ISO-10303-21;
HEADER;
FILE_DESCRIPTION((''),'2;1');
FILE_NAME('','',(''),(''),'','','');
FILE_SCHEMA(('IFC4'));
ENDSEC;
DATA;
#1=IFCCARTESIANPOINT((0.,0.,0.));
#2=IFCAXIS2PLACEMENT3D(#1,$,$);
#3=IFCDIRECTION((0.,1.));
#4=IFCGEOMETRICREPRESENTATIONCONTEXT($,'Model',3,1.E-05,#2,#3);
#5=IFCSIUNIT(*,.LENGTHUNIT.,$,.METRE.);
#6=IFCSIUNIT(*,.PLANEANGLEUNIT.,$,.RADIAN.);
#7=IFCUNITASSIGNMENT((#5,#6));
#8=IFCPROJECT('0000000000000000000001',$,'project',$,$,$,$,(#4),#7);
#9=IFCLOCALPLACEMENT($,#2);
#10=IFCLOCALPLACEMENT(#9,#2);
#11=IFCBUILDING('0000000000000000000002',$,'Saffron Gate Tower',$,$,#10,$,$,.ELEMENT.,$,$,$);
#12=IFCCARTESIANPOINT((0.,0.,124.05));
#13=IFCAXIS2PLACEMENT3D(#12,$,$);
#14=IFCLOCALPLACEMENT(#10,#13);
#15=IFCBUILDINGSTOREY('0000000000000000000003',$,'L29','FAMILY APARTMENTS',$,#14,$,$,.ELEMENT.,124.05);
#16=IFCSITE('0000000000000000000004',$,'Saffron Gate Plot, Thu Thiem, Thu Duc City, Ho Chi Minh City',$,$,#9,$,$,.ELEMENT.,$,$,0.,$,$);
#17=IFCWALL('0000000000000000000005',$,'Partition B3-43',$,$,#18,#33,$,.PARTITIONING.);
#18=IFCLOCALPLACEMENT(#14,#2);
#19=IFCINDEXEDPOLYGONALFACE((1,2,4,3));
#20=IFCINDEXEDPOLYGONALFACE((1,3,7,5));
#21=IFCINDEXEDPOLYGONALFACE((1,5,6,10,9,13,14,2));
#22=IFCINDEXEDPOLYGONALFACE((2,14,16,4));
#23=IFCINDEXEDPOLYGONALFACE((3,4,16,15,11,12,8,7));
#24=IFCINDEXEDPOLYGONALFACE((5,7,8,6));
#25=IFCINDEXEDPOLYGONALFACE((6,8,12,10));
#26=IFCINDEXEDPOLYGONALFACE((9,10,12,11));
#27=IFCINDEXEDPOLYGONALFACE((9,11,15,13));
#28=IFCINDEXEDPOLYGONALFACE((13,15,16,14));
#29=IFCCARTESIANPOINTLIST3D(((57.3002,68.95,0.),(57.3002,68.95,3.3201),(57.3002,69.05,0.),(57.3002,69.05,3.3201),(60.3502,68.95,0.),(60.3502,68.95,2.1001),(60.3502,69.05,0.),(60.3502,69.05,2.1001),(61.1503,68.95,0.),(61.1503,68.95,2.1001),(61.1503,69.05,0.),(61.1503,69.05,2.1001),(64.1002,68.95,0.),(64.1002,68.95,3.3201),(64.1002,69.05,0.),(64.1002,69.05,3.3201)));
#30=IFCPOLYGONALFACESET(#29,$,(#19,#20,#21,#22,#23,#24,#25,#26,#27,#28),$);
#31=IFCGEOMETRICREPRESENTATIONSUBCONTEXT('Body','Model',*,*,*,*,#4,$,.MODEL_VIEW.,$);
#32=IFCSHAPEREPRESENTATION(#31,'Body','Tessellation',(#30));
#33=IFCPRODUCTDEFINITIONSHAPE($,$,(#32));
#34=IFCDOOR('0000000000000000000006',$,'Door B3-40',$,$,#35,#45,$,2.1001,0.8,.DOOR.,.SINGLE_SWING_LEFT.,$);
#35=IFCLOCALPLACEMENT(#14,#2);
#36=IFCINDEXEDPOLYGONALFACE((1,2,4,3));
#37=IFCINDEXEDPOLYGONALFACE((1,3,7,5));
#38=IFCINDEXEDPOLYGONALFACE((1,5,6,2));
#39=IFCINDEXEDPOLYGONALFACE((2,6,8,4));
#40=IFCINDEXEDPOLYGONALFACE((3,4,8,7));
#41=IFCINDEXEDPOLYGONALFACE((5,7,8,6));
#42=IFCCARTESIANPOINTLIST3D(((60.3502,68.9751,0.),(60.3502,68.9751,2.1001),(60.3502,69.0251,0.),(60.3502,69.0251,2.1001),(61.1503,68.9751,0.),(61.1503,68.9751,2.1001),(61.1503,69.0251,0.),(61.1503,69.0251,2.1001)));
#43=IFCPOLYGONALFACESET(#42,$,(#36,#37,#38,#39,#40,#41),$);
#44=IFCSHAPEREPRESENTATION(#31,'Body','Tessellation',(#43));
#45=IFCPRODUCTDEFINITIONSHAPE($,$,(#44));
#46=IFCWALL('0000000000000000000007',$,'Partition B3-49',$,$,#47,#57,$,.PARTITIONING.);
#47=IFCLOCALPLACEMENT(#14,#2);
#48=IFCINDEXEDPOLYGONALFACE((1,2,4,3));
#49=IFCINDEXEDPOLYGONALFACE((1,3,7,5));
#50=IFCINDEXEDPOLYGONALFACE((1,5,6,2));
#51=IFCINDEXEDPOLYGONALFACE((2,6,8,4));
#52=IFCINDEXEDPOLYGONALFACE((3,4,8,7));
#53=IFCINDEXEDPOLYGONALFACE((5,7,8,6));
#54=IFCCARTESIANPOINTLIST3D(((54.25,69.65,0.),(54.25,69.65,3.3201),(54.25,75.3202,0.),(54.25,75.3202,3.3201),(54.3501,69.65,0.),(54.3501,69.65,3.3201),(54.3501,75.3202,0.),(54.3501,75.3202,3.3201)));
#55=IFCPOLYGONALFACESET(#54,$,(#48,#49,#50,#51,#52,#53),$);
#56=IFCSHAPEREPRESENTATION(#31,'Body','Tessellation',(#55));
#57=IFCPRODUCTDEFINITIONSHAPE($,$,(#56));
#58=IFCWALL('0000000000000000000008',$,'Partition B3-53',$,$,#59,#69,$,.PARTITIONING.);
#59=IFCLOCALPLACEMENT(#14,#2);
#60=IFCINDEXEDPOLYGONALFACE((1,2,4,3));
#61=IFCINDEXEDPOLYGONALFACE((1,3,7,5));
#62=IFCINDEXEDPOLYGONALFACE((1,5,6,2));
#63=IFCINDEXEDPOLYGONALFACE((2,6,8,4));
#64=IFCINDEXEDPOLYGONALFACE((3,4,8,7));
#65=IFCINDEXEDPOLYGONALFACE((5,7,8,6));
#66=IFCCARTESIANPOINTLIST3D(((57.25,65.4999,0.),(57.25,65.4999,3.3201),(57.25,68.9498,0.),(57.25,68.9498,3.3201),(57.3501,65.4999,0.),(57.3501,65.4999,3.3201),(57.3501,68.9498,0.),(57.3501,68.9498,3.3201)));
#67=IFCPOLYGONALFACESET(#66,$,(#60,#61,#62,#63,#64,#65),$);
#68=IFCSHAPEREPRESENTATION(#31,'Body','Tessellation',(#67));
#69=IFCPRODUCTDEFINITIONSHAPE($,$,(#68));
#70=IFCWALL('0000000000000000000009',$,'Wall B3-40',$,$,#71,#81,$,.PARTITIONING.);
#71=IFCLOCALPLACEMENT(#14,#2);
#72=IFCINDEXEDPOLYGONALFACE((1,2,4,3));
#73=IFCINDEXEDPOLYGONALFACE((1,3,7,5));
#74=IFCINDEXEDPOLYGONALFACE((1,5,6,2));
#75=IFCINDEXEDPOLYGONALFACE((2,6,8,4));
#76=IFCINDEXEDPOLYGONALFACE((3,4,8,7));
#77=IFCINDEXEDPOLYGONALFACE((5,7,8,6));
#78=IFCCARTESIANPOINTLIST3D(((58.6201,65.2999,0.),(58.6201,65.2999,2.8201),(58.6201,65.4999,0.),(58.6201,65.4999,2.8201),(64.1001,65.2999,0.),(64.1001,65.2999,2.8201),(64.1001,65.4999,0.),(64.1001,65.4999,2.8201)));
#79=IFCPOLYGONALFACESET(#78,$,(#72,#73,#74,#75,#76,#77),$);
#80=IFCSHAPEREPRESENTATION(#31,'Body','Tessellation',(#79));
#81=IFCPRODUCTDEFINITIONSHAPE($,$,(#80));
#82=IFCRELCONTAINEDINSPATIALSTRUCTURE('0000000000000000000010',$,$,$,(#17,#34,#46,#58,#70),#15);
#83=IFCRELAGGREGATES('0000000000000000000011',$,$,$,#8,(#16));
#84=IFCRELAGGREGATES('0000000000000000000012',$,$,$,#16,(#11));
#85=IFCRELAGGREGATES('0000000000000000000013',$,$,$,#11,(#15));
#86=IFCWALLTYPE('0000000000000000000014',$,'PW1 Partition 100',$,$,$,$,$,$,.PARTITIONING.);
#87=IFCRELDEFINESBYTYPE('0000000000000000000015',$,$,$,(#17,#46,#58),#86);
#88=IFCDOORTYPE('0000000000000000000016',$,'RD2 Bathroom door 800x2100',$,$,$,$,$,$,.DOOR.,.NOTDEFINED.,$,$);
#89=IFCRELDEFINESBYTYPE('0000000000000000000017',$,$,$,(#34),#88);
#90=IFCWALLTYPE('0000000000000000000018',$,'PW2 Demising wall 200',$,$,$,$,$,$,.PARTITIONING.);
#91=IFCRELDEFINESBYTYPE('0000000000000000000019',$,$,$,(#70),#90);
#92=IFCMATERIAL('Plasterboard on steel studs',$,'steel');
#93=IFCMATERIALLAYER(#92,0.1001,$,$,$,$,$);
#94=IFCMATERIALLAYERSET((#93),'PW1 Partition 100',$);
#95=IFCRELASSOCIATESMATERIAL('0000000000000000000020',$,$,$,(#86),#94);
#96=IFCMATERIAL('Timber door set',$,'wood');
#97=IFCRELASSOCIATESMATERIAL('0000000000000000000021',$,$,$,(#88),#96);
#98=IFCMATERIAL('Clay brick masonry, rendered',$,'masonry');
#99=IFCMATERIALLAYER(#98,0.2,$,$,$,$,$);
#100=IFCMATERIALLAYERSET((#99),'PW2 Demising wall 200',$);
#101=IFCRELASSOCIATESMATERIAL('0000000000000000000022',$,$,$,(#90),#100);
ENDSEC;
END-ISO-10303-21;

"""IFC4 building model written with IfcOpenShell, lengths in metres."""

from ifc_helpers import new_model, si_unit, direction, frame, frame_2d, origin, place, context, subcontext, project, spatial, rectangle, extrude, material, layer, layer_set, type_object, element, fill, save


model = new_model("IFC4")

# Units and contexts
model_context = context("Model", 3, precision=1e-05, world=origin(), true_north=direction((0.0, 1.0)))
body_context = subcontext(model_context, "Body", "Model", "MODEL_VIEW")
ifc_project = project(units=[si_unit("LENGTHUNIT", "METRE"), si_unit("PLANEANGLEUNIT", "RADIAN")], contexts=[model_context])

# Site, building, storey
site_placement = place(None, origin())
site = spatial("IfcSite", under=ifc_project, at=site_placement, Name="Saffron Gate Plot, Thu Thiem, Thu Duc City, Ho Chi Minh City", CompositionType="ELEMENT", RefElevation=0.0)
building_placement = place(site_placement, origin())
building = spatial("IfcBuilding", under=site, at=building_placement, Name="Saffron Gate Tower", CompositionType="ELEMENT")
storey_placement = place(building_placement, frame((0.0, 0.0, 124.05)))
storey = spatial("IfcBuildingStorey", under=building, at=storey_placement, Name="L29", Description="FAMILY APARTMENTS", CompositionType="ELEMENT", Elevation=124.05)

# Wall, opening, door
ifc_material_1 = material(Name="Plasterboard on steel studs", Category="steel")
ifc_layer_1 = layer(ifc_material_1, 0.1001)
ifc_layer_set_1 = layer_set([ifc_layer_1], Name="PW1 Partition 100")
wall_type_1 = type_object("IfcWallType", Name="PW1 Partition 100", PredefinedType="PARTITIONING", material=ifc_layer_set_1)
wall_1_placement = place(storey_placement, frame((64.1001, 69.0, 0.0), z_axis=(0.0, 0.0, 1.0), x_axis=(-1.0, 0.0, 0.0)))
wall_1 = element("IfcWall", 1, at=wall_1_placement, inside=storey, type_object=wall_type_1, Name="Partition B3-43", PredefinedType="PARTITIONING", context=body_context, shape_type="SweptSolid", body=[
    extrude(rectangle(XDim=6.8, YDim=0.1001, at=frame_2d((3.3999, 0.0))), origin(), (0.0, 0.0, 1.0), 3.3201),
])
opening_placement = place(wall_1_placement, frame((2.95, 0.0, 0.0)))
opening = element("IfcOpeningElement", 2, at=opening_placement, cuts=wall_1, PredefinedType="OPENING", context=body_context, shape_type="SweptSolid", body=[
    extrude(rectangle(XDim=0.8, YDim=2.1001, at=frame_2d((0.3999, 1.05))), frame((0.0, 0.0601, 0.0), z_axis=(0.0, -1.0, 0.0), x_axis=(1.0, 0.0, 0.0)), (0.0, 0.0, 1.0), 0.1201),
])
ifc_material_2 = material(Name="Timber door set", Category="wood")
door_type = type_object("IfcDoorType", Name="RD2 Bathroom door 800x2100", OperationType="NOTDEFINED", PredefinedType="DOOR", material=ifc_material_2)
door_placement = place(opening_placement, origin())
door = element("IfcDoor", 3, at=door_placement, inside=storey, type_object=door_type, Name="Door B3-40", OperationType="SINGLE_SWING_LEFT", OverallHeight=2.1001, OverallWidth=0.8, PredefinedType="DOOR", context=body_context, shape_type="SweptSolid", body=[
    extrude(rectangle(XDim=0.8, YDim=2.1001, at=frame_2d((0.3999, 1.05))), frame((0.0, 0.0249, 0.0), z_axis=(0.0, -1.0, 0.0), x_axis=(1.0, 0.0, 0.0)), (0.0, 0.0, 1.0), 0.05),
])
fill(opening, door)

# Walls
wall_2_placement = place(storey_placement, frame((54.3, 75.3201, 0.0), z_axis=(0.0, 0.0, 1.0), x_axis=(0.0, -1.0, 0.0)))
element("IfcWall", 4, at=wall_2_placement, inside=storey, type_object=wall_type_1, Name="Partition B3-49", PredefinedType="PARTITIONING", context=body_context, shape_type="SweptSolid", body=[
    extrude(rectangle(XDim=5.6702, YDim=0.1001, at=frame_2d((2.835, 0.0))), origin(), (0.0, 0.0, 1.0), 3.3201),
])
wall_3_placement = place(storey_placement, frame((57.3, 68.95, 0.0), z_axis=(0.0, 0.0, 1.0), x_axis=(0.0, -1.0, 0.0)))
element("IfcWall", 5, at=wall_3_placement, inside=storey, type_object=wall_type_1, Name="Partition B3-53", PredefinedType="PARTITIONING", context=body_context, shape_type="SweptSolid", body=[
    extrude(rectangle(XDim=3.45, YDim=0.1001, at=frame_2d((1.7251, 0.0))), origin(), (0.0, 0.0, 1.0), 3.3201),
])
ifc_material_3 = material(Name="Clay brick masonry, rendered", Category="masonry")
ifc_layer_2 = layer(ifc_material_3, 0.2)
ifc_layer_set_2 = layer_set([ifc_layer_2], Name="PW2 Demising wall 200")
wall_type_2 = type_object("IfcWallType", Name="PW2 Demising wall 200", PredefinedType="PARTITIONING", material=ifc_layer_set_2)
wall_4_placement = place(storey_placement, frame((58.6201, 65.3999, 0.0), z_axis=(0.0, 0.0, 1.0), x_axis=(1.0, 0.0, 0.0)))
element("IfcWall", 6, at=wall_4_placement, inside=storey, type_object=wall_type_2, Name="Wall B3-40", PredefinedType="PARTITIONING", context=body_context, shape_type="SweptSolid", body=[
    extrude(rectangle(XDim=5.48, YDim=0.2, at=frame_2d((2.74, 0.0))), origin(), (0.0, 0.0, 1.0), 2.8201),
])

save(model, "model.ifc")
